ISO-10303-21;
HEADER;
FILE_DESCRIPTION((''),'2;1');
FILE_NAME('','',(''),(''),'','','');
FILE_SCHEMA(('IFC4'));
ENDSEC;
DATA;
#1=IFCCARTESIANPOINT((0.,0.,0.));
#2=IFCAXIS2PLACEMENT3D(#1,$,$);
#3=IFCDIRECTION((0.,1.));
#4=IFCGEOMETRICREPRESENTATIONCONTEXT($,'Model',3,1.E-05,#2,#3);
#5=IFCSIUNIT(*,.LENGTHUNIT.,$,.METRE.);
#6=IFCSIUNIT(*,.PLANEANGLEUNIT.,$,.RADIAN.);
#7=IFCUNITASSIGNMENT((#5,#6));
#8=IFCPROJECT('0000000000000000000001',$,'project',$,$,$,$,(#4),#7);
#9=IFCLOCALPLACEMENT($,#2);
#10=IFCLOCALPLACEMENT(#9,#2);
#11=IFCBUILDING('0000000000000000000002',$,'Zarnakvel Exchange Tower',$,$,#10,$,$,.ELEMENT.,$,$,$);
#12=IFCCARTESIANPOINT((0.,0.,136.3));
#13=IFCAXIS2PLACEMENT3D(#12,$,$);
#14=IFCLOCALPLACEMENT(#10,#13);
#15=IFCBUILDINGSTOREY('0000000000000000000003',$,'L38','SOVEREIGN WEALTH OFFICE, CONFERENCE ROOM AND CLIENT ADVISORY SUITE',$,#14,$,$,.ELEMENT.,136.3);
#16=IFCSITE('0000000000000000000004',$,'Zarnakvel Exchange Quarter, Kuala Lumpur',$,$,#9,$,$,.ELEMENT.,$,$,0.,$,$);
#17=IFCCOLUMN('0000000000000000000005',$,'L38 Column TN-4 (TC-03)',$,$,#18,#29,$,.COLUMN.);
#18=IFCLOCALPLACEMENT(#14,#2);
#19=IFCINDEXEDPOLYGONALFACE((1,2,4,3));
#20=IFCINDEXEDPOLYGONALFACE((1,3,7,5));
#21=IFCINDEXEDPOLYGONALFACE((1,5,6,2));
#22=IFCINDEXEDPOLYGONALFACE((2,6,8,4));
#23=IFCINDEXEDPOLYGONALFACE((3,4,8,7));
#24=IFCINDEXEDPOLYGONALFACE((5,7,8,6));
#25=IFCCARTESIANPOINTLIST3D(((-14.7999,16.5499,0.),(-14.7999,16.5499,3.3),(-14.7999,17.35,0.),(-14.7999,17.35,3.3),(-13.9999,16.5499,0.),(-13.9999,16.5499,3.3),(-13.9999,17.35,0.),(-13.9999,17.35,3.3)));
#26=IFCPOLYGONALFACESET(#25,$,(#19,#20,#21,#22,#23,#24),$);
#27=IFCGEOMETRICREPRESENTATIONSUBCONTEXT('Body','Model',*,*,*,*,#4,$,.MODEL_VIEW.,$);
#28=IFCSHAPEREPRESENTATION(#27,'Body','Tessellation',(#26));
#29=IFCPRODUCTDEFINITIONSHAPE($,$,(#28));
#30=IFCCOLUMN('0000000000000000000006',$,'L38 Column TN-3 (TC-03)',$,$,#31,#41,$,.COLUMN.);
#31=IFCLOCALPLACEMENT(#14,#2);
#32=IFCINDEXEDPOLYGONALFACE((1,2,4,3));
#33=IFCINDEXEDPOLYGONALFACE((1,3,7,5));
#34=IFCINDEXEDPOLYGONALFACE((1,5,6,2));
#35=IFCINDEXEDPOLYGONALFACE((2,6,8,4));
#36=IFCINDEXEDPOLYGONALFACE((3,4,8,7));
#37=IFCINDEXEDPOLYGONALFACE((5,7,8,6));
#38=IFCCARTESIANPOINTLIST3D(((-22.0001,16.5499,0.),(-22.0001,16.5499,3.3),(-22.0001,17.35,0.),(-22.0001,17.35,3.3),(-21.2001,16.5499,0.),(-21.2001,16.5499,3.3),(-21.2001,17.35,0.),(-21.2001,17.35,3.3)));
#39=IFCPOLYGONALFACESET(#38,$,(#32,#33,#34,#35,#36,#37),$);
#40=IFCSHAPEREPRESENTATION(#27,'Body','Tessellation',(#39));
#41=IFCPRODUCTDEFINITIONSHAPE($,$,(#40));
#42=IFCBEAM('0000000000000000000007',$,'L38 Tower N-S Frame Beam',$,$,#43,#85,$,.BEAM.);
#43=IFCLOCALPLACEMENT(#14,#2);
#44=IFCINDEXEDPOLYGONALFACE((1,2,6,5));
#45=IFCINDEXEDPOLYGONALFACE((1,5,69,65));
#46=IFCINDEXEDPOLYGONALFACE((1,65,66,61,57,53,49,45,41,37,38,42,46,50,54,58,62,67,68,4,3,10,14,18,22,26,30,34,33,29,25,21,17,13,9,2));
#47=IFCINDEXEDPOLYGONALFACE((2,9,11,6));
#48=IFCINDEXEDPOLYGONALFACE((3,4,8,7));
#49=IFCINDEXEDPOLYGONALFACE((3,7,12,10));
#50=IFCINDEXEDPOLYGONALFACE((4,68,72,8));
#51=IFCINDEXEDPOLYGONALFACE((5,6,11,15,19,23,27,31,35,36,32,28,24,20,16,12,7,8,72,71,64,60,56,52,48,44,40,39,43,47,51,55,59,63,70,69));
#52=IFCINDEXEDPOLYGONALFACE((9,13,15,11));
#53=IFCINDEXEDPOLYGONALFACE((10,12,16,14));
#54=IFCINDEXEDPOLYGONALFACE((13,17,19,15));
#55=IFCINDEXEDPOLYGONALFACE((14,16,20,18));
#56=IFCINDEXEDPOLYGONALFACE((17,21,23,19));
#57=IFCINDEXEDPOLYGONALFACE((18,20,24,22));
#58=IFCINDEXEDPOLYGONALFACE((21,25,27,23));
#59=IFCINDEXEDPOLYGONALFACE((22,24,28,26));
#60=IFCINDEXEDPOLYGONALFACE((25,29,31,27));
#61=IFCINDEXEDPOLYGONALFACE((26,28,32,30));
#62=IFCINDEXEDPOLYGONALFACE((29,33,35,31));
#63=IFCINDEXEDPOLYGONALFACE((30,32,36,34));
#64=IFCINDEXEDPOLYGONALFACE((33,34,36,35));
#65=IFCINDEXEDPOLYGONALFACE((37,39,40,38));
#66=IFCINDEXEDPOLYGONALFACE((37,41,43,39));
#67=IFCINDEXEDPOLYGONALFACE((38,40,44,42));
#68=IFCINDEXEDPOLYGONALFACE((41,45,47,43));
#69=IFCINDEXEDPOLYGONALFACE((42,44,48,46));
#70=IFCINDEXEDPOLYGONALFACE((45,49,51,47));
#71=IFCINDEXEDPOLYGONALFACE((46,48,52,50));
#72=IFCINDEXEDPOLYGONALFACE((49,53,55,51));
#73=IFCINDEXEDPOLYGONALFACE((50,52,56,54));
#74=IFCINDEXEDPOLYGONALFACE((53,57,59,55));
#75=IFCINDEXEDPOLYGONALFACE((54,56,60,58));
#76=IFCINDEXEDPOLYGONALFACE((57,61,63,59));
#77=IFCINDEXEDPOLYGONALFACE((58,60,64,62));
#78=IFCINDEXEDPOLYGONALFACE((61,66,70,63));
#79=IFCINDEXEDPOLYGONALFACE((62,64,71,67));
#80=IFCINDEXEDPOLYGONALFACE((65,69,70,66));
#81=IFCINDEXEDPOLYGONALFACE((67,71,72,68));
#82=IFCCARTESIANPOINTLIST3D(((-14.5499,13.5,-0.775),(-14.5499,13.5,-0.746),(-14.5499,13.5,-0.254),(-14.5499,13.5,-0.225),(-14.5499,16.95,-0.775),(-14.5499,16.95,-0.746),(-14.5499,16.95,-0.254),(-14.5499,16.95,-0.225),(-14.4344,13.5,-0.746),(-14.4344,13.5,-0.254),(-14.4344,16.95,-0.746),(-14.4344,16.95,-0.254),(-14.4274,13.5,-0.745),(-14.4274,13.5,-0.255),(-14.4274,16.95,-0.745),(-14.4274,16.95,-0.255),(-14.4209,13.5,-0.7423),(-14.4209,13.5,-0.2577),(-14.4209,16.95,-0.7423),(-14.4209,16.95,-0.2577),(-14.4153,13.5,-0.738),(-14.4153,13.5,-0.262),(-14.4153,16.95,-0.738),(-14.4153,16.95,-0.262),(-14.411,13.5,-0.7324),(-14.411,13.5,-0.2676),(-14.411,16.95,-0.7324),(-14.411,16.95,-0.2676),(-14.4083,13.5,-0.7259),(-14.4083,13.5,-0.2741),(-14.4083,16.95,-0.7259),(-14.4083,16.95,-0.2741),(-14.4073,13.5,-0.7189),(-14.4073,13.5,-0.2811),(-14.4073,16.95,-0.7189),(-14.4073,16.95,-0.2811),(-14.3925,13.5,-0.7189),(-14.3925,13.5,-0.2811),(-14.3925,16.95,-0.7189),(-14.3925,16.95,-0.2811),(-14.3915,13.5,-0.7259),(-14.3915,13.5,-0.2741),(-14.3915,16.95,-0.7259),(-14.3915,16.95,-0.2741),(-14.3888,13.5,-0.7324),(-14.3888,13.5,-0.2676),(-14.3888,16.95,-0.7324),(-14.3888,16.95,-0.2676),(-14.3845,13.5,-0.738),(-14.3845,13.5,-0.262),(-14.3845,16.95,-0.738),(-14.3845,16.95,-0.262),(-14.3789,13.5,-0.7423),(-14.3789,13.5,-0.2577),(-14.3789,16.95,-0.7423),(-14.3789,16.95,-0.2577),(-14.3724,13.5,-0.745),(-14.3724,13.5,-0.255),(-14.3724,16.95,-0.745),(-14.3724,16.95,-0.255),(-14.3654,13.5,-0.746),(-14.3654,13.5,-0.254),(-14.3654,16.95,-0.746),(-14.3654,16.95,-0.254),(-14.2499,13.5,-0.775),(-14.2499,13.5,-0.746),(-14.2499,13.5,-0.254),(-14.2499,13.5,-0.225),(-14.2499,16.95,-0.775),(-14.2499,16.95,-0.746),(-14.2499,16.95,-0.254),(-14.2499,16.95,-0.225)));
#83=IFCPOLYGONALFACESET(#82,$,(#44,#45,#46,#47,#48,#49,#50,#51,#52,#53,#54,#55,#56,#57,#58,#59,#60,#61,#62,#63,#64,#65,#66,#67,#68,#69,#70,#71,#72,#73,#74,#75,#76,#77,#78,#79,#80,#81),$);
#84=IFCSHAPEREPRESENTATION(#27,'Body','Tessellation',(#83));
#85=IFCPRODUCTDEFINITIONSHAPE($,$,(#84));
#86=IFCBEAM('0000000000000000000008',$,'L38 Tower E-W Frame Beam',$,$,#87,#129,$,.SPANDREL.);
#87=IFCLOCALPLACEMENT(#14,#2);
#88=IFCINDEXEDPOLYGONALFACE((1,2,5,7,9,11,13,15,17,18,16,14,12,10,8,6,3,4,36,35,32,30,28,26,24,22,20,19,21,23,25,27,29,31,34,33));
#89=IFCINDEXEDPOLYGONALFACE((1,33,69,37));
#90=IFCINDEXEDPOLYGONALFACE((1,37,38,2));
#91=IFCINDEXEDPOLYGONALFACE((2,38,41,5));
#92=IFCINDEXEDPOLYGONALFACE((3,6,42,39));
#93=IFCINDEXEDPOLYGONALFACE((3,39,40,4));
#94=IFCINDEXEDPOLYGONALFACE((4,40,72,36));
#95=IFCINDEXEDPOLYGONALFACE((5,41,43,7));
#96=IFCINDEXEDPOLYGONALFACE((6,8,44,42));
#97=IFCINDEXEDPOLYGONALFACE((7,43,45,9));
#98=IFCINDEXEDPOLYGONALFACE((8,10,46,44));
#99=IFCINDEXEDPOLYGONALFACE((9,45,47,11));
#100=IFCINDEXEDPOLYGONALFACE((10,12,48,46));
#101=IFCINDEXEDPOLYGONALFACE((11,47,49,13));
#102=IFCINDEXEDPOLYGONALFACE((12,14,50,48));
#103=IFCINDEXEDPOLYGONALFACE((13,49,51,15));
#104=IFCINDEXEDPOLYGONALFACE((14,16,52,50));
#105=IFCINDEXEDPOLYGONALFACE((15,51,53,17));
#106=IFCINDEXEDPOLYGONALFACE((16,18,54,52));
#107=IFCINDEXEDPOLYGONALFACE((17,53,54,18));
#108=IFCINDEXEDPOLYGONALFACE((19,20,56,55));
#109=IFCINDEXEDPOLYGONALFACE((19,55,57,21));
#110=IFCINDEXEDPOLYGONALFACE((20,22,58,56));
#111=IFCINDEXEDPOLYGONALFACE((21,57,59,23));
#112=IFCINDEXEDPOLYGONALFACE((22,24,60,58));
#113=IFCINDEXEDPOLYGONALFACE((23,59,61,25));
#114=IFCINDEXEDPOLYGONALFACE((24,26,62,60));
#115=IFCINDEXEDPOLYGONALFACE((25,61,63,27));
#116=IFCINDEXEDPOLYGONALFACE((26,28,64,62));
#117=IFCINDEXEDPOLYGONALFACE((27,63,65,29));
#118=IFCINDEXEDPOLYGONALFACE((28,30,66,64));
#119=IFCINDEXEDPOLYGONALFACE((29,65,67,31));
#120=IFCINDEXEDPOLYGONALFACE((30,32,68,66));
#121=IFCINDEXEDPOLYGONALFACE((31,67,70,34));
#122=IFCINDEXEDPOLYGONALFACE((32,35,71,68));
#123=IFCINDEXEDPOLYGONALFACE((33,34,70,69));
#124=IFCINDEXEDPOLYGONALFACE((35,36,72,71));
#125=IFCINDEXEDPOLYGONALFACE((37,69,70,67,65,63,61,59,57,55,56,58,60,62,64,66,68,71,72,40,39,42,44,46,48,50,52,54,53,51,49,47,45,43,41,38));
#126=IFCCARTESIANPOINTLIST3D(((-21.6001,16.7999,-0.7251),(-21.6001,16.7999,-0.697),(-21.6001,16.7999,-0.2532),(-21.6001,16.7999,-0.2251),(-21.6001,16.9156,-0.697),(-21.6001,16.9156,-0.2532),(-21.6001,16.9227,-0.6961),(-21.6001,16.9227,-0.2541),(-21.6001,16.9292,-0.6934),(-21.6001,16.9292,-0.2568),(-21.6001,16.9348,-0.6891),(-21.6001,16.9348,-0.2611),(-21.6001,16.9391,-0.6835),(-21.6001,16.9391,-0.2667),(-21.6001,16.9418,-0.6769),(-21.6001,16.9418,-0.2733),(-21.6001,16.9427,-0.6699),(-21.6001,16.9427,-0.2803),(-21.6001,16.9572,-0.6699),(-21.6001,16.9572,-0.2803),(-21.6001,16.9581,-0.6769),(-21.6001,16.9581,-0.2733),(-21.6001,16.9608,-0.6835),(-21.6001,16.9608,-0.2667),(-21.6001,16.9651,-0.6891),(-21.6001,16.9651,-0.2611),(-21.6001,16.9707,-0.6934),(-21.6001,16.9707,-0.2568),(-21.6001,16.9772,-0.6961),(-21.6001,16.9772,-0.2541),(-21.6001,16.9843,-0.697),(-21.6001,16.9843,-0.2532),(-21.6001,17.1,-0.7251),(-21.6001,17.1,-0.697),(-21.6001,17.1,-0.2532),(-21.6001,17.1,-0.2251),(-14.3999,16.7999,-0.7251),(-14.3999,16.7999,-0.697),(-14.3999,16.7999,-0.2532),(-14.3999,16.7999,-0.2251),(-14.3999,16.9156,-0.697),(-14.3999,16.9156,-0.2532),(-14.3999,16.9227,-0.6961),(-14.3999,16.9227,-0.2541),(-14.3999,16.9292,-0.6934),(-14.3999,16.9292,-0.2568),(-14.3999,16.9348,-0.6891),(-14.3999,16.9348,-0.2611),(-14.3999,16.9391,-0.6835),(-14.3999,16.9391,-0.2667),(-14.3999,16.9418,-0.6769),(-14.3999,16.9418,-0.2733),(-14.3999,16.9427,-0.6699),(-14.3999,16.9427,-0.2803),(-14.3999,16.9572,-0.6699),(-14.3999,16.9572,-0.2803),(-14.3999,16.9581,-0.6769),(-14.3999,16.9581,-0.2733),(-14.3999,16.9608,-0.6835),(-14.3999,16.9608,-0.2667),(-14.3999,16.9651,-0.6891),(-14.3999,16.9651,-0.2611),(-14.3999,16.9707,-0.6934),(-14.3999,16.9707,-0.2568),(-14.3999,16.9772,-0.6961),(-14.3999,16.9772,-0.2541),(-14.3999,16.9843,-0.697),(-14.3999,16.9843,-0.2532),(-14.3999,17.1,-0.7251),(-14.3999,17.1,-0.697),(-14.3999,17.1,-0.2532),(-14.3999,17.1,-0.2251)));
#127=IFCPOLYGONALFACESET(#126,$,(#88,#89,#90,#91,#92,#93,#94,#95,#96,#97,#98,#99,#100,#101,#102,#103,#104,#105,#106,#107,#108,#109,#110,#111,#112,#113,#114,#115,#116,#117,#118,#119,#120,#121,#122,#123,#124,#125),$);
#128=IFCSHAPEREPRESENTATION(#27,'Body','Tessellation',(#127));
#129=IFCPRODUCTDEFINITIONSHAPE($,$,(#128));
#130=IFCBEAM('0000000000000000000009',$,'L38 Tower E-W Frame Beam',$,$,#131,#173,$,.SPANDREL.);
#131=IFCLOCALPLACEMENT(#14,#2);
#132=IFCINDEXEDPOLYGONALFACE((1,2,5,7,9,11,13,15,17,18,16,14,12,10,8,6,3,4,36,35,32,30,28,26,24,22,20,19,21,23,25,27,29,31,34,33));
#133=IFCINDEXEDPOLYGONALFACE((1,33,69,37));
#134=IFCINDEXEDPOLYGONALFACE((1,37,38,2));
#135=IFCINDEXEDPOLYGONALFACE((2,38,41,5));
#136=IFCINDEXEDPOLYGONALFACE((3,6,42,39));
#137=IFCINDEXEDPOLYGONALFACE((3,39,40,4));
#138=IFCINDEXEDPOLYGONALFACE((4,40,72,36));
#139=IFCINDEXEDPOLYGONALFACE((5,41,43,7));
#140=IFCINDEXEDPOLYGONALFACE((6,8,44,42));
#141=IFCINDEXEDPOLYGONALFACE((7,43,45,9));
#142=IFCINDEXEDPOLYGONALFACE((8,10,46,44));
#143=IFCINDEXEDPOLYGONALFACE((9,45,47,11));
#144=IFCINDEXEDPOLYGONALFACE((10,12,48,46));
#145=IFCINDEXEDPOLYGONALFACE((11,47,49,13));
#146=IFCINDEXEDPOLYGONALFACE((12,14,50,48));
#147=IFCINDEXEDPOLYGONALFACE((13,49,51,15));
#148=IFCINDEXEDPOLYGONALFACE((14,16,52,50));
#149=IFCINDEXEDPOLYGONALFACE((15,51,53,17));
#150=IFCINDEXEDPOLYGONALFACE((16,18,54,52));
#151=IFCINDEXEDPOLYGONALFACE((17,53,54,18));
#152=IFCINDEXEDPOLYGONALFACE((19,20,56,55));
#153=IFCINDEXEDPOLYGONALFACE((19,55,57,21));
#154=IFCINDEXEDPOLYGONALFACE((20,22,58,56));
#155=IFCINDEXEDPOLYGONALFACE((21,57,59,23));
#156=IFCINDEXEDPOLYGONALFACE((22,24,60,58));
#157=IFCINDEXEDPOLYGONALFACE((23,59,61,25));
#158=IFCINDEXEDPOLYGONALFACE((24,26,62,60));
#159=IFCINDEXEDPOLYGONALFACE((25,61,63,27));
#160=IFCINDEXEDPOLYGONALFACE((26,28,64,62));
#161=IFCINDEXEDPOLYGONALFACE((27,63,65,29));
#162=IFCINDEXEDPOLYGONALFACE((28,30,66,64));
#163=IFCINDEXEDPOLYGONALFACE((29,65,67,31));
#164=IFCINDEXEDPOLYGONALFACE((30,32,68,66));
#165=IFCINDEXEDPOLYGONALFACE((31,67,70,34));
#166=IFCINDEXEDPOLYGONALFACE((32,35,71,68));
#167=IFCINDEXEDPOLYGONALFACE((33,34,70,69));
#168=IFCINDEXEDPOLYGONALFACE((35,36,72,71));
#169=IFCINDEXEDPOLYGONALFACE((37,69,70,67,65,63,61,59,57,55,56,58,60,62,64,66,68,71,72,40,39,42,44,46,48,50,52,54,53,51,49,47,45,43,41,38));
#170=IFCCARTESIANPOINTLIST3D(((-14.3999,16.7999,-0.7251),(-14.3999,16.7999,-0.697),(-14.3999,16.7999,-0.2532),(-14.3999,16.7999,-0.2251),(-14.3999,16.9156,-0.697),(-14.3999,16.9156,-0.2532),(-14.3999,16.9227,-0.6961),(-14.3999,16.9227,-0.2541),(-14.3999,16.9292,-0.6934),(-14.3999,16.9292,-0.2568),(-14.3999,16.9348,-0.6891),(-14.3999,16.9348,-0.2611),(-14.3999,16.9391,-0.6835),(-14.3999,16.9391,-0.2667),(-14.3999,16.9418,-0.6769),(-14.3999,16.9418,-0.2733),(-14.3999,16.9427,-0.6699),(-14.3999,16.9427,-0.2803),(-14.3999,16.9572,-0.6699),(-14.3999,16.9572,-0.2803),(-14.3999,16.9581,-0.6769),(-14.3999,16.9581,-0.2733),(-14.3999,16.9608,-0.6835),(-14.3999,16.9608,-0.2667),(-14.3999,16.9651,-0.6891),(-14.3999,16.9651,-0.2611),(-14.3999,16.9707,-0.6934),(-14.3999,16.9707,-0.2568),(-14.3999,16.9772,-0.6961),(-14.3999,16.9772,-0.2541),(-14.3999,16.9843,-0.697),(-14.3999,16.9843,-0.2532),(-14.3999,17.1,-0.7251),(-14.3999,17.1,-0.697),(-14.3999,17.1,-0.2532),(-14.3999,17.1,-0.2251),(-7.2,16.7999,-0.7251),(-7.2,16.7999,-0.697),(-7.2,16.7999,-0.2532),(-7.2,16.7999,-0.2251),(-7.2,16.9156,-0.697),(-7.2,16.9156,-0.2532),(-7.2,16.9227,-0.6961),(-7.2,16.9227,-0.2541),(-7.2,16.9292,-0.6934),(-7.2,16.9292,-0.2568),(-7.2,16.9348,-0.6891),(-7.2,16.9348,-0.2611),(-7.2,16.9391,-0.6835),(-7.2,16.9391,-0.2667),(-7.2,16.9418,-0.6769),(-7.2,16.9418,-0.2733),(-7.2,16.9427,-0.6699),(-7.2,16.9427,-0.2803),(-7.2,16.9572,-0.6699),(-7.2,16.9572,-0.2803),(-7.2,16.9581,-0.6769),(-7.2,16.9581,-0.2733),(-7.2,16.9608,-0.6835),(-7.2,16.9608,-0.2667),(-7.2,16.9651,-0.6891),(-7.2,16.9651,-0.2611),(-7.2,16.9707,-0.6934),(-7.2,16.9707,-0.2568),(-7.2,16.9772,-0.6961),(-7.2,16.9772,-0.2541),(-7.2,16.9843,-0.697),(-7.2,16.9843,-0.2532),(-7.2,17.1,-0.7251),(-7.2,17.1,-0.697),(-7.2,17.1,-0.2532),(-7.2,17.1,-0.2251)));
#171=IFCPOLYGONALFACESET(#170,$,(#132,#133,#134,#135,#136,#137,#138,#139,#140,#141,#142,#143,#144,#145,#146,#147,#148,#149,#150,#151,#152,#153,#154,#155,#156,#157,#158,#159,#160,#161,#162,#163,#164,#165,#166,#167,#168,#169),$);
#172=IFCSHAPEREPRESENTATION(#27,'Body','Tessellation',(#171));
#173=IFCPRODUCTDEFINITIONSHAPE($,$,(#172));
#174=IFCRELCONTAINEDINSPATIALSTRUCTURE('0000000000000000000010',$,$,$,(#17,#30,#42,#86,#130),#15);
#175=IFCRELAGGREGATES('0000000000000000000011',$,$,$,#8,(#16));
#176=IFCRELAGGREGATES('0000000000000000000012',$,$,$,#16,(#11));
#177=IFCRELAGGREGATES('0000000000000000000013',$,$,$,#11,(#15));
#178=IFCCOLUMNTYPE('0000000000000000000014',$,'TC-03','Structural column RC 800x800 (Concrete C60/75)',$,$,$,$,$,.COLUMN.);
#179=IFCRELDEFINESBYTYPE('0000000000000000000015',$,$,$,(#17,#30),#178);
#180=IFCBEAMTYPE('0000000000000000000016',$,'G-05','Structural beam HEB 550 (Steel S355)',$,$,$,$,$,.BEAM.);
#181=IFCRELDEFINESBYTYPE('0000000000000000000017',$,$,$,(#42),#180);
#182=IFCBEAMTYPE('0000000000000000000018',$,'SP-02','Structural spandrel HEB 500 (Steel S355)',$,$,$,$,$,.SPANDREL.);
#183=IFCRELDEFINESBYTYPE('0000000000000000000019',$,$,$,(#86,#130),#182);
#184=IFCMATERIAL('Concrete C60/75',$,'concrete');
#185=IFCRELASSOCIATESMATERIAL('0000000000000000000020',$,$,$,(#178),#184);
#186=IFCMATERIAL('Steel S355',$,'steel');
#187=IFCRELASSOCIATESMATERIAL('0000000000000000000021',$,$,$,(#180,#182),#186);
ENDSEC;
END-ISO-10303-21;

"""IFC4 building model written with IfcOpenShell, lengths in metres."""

from ifc_helpers import new_model, si_unit, direction, frame, origin, origin_2d, place, context, subcontext, project, spatial, rectangle, i_section, extrude, material, material_profile, profile_set, type_object, element, save


model = new_model("IFC4")

# Units and contexts
model_context = context("Model", 3, precision=1e-05, world=origin(), true_north=direction((0.0, 1.0)))
body_context = subcontext(model_context, "Body", "Model", "MODEL_VIEW")
ifc_project = project(units=[si_unit("LENGTHUNIT", "METRE"), si_unit("PLANEANGLEUNIT", "RADIAN")], contexts=[model_context])

# Site, building, storey
site_placement = place(None, origin())
site = spatial("IfcSite", under=ifc_project, at=site_placement, Name="Zarnakvel Exchange Quarter, Kuala Lumpur", CompositionType="ELEMENT", RefElevation=0.0)
building_placement = place(site_placement, origin())
building = spatial("IfcBuilding", under=site, at=building_placement, Name="Zarnakvel Exchange Tower", CompositionType="ELEMENT")
storey_placement = place(building_placement, frame((0.0, 0.0, 136.3)))
storey = spatial("IfcBuildingStorey", under=building, at=storey_placement, Name="L38", Description="SOVEREIGN WEALTH OFFICE, CONFERENCE ROOM AND CLIENT ADVISORY SUITE", CompositionType="ELEMENT", Elevation=136.3)

# Columns
ifc_material_1 = material(Name="Concrete C60/75", Category="concrete")
ifc_material_profile_1 = material_profile(ifc_material_1, rectangle(XDim=0.8, YDim=0.8, at=origin_2d()))
ifc_profile_set_1 = profile_set([ifc_material_profile_1], Name="Concrete C60/75")
column_type = type_object("IfcColumnType", Name="TC-03", Description="Structural column RC 800x800 (Concrete C60/75)", PredefinedType="COLUMN", material=ifc_profile_set_1)
for number, where, z_axis, x_axis, name in (
    (1, (-14.3999, 16.95, 0.0), (0.0, 0.0, 1.0), (1.0, 0.0, 0.0), "L38 Column TN-4 (TC-03)"),
    (2, (-21.6001, 16.95, 0.0), (0.0, 0.0, 1.0), (1.0, 0.0, 0.0), "L38 Column TN-3 (TC-03)"),
):
    element("IfcColumn", number, at=place(storey_placement, frame(where, z_axis=z_axis, x_axis=x_axis)), inside=storey, type_object=column_type, Name=name, PredefinedType="COLUMN", context=body_context, shape_type="SweptSolid", body=[
        extrude(rectangle(XDim=0.8, YDim=0.8, at=origin_2d()), origin(), (0.0, 0.0, 1.0), 3.3),
    ])

# Beams
ifc_material_2 = material(Name="Steel S355", Category="steel")
ifc_material_profile_2 = material_profile(ifc_material_2, i_section(OverallWidth=0.3, OverallDepth=0.55, WebThickness=0.0149, FlangeThickness=0.0291, FilletRadius=0.0271, at=origin_2d()))
ifc_profile_set_2 = profile_set([ifc_material_profile_2], Name="Steel S355")
beam_type_1 = type_object("IfcBeamType", Name="G-05", Description="Structural beam HEB 550 (Steel S355)", PredefinedType="BEAM", material=ifc_profile_set_2)
beam_1_placement = place(storey_placement, frame((-14.3999, 13.5, -0.5), z_axis=(0.0, 1.0, 0.0), x_axis=(-1.0, 0.0, 0.0)))
element("IfcBeam", 3, at=beam_1_placement, inside=storey, type_object=beam_type_1, Name="L38 Tower N-S Frame Beam", PredefinedType="BEAM", context=body_context, shape_type="SweptSolid", body=[
    extrude(i_section(OverallWidth=0.3, OverallDepth=0.55, WebThickness=0.0149, FlangeThickness=0.0291, FilletRadius=0.0271, at=origin_2d()), origin(), (0.0, 0.0, 1.0), 3.45),
])
ifc_material_profile_3 = material_profile(ifc_material_2, i_section(OverallWidth=0.3, OverallDepth=0.5, WebThickness=0.0144, FlangeThickness=0.0281, FilletRadius=0.0271, at=origin_2d()))
ifc_profile_set_3 = profile_set([ifc_material_profile_3], Name="Steel S355")
beam_type_2 = type_object("IfcBeamType", Name="SP-02", Description="Structural spandrel HEB 500 (Steel S355)", PredefinedType="SPANDREL", material=ifc_profile_set_3)
beam_2_placement = place(storey_placement, frame((-21.6001, 16.95, -0.4751), z_axis=(1.0, 0.0, 0.0), x_axis=(0.0, 1.0, 0.0)))
element("IfcBeam", 4, at=beam_2_placement, inside=storey, type_object=beam_type_2, Name="L38 Tower E-W Frame Beam", PredefinedType="SPANDREL", context=body_context, shape_type="SweptSolid", body=[
    extrude(i_section(OverallWidth=0.3, OverallDepth=0.5, WebThickness=0.0144, FlangeThickness=0.0281, FilletRadius=0.0271, at=origin_2d()), origin(), (0.0, 0.0, 1.0), 7.2002),
])
beam_3_placement = place(storey_placement, frame((-14.3999, 16.95, -0.4751), z_axis=(1.0, 0.0, 0.0), x_axis=(0.0, 1.0, 0.0)))
element("IfcBeam", 5, at=beam_3_placement, inside=storey, type_object=beam_type_2, Name="L38 Tower E-W Frame Beam", PredefinedType="SPANDREL", context=body_context, shape_type="SweptSolid", body=[
    extrude(i_section(OverallWidth=0.3, OverallDepth=0.5, WebThickness=0.0144, FlangeThickness=0.0281, FilletRadius=0.0271, at=origin_2d()), origin(), (0.0, 0.0, 1.0), 7.2),
])

save(model, "model.ifc")
